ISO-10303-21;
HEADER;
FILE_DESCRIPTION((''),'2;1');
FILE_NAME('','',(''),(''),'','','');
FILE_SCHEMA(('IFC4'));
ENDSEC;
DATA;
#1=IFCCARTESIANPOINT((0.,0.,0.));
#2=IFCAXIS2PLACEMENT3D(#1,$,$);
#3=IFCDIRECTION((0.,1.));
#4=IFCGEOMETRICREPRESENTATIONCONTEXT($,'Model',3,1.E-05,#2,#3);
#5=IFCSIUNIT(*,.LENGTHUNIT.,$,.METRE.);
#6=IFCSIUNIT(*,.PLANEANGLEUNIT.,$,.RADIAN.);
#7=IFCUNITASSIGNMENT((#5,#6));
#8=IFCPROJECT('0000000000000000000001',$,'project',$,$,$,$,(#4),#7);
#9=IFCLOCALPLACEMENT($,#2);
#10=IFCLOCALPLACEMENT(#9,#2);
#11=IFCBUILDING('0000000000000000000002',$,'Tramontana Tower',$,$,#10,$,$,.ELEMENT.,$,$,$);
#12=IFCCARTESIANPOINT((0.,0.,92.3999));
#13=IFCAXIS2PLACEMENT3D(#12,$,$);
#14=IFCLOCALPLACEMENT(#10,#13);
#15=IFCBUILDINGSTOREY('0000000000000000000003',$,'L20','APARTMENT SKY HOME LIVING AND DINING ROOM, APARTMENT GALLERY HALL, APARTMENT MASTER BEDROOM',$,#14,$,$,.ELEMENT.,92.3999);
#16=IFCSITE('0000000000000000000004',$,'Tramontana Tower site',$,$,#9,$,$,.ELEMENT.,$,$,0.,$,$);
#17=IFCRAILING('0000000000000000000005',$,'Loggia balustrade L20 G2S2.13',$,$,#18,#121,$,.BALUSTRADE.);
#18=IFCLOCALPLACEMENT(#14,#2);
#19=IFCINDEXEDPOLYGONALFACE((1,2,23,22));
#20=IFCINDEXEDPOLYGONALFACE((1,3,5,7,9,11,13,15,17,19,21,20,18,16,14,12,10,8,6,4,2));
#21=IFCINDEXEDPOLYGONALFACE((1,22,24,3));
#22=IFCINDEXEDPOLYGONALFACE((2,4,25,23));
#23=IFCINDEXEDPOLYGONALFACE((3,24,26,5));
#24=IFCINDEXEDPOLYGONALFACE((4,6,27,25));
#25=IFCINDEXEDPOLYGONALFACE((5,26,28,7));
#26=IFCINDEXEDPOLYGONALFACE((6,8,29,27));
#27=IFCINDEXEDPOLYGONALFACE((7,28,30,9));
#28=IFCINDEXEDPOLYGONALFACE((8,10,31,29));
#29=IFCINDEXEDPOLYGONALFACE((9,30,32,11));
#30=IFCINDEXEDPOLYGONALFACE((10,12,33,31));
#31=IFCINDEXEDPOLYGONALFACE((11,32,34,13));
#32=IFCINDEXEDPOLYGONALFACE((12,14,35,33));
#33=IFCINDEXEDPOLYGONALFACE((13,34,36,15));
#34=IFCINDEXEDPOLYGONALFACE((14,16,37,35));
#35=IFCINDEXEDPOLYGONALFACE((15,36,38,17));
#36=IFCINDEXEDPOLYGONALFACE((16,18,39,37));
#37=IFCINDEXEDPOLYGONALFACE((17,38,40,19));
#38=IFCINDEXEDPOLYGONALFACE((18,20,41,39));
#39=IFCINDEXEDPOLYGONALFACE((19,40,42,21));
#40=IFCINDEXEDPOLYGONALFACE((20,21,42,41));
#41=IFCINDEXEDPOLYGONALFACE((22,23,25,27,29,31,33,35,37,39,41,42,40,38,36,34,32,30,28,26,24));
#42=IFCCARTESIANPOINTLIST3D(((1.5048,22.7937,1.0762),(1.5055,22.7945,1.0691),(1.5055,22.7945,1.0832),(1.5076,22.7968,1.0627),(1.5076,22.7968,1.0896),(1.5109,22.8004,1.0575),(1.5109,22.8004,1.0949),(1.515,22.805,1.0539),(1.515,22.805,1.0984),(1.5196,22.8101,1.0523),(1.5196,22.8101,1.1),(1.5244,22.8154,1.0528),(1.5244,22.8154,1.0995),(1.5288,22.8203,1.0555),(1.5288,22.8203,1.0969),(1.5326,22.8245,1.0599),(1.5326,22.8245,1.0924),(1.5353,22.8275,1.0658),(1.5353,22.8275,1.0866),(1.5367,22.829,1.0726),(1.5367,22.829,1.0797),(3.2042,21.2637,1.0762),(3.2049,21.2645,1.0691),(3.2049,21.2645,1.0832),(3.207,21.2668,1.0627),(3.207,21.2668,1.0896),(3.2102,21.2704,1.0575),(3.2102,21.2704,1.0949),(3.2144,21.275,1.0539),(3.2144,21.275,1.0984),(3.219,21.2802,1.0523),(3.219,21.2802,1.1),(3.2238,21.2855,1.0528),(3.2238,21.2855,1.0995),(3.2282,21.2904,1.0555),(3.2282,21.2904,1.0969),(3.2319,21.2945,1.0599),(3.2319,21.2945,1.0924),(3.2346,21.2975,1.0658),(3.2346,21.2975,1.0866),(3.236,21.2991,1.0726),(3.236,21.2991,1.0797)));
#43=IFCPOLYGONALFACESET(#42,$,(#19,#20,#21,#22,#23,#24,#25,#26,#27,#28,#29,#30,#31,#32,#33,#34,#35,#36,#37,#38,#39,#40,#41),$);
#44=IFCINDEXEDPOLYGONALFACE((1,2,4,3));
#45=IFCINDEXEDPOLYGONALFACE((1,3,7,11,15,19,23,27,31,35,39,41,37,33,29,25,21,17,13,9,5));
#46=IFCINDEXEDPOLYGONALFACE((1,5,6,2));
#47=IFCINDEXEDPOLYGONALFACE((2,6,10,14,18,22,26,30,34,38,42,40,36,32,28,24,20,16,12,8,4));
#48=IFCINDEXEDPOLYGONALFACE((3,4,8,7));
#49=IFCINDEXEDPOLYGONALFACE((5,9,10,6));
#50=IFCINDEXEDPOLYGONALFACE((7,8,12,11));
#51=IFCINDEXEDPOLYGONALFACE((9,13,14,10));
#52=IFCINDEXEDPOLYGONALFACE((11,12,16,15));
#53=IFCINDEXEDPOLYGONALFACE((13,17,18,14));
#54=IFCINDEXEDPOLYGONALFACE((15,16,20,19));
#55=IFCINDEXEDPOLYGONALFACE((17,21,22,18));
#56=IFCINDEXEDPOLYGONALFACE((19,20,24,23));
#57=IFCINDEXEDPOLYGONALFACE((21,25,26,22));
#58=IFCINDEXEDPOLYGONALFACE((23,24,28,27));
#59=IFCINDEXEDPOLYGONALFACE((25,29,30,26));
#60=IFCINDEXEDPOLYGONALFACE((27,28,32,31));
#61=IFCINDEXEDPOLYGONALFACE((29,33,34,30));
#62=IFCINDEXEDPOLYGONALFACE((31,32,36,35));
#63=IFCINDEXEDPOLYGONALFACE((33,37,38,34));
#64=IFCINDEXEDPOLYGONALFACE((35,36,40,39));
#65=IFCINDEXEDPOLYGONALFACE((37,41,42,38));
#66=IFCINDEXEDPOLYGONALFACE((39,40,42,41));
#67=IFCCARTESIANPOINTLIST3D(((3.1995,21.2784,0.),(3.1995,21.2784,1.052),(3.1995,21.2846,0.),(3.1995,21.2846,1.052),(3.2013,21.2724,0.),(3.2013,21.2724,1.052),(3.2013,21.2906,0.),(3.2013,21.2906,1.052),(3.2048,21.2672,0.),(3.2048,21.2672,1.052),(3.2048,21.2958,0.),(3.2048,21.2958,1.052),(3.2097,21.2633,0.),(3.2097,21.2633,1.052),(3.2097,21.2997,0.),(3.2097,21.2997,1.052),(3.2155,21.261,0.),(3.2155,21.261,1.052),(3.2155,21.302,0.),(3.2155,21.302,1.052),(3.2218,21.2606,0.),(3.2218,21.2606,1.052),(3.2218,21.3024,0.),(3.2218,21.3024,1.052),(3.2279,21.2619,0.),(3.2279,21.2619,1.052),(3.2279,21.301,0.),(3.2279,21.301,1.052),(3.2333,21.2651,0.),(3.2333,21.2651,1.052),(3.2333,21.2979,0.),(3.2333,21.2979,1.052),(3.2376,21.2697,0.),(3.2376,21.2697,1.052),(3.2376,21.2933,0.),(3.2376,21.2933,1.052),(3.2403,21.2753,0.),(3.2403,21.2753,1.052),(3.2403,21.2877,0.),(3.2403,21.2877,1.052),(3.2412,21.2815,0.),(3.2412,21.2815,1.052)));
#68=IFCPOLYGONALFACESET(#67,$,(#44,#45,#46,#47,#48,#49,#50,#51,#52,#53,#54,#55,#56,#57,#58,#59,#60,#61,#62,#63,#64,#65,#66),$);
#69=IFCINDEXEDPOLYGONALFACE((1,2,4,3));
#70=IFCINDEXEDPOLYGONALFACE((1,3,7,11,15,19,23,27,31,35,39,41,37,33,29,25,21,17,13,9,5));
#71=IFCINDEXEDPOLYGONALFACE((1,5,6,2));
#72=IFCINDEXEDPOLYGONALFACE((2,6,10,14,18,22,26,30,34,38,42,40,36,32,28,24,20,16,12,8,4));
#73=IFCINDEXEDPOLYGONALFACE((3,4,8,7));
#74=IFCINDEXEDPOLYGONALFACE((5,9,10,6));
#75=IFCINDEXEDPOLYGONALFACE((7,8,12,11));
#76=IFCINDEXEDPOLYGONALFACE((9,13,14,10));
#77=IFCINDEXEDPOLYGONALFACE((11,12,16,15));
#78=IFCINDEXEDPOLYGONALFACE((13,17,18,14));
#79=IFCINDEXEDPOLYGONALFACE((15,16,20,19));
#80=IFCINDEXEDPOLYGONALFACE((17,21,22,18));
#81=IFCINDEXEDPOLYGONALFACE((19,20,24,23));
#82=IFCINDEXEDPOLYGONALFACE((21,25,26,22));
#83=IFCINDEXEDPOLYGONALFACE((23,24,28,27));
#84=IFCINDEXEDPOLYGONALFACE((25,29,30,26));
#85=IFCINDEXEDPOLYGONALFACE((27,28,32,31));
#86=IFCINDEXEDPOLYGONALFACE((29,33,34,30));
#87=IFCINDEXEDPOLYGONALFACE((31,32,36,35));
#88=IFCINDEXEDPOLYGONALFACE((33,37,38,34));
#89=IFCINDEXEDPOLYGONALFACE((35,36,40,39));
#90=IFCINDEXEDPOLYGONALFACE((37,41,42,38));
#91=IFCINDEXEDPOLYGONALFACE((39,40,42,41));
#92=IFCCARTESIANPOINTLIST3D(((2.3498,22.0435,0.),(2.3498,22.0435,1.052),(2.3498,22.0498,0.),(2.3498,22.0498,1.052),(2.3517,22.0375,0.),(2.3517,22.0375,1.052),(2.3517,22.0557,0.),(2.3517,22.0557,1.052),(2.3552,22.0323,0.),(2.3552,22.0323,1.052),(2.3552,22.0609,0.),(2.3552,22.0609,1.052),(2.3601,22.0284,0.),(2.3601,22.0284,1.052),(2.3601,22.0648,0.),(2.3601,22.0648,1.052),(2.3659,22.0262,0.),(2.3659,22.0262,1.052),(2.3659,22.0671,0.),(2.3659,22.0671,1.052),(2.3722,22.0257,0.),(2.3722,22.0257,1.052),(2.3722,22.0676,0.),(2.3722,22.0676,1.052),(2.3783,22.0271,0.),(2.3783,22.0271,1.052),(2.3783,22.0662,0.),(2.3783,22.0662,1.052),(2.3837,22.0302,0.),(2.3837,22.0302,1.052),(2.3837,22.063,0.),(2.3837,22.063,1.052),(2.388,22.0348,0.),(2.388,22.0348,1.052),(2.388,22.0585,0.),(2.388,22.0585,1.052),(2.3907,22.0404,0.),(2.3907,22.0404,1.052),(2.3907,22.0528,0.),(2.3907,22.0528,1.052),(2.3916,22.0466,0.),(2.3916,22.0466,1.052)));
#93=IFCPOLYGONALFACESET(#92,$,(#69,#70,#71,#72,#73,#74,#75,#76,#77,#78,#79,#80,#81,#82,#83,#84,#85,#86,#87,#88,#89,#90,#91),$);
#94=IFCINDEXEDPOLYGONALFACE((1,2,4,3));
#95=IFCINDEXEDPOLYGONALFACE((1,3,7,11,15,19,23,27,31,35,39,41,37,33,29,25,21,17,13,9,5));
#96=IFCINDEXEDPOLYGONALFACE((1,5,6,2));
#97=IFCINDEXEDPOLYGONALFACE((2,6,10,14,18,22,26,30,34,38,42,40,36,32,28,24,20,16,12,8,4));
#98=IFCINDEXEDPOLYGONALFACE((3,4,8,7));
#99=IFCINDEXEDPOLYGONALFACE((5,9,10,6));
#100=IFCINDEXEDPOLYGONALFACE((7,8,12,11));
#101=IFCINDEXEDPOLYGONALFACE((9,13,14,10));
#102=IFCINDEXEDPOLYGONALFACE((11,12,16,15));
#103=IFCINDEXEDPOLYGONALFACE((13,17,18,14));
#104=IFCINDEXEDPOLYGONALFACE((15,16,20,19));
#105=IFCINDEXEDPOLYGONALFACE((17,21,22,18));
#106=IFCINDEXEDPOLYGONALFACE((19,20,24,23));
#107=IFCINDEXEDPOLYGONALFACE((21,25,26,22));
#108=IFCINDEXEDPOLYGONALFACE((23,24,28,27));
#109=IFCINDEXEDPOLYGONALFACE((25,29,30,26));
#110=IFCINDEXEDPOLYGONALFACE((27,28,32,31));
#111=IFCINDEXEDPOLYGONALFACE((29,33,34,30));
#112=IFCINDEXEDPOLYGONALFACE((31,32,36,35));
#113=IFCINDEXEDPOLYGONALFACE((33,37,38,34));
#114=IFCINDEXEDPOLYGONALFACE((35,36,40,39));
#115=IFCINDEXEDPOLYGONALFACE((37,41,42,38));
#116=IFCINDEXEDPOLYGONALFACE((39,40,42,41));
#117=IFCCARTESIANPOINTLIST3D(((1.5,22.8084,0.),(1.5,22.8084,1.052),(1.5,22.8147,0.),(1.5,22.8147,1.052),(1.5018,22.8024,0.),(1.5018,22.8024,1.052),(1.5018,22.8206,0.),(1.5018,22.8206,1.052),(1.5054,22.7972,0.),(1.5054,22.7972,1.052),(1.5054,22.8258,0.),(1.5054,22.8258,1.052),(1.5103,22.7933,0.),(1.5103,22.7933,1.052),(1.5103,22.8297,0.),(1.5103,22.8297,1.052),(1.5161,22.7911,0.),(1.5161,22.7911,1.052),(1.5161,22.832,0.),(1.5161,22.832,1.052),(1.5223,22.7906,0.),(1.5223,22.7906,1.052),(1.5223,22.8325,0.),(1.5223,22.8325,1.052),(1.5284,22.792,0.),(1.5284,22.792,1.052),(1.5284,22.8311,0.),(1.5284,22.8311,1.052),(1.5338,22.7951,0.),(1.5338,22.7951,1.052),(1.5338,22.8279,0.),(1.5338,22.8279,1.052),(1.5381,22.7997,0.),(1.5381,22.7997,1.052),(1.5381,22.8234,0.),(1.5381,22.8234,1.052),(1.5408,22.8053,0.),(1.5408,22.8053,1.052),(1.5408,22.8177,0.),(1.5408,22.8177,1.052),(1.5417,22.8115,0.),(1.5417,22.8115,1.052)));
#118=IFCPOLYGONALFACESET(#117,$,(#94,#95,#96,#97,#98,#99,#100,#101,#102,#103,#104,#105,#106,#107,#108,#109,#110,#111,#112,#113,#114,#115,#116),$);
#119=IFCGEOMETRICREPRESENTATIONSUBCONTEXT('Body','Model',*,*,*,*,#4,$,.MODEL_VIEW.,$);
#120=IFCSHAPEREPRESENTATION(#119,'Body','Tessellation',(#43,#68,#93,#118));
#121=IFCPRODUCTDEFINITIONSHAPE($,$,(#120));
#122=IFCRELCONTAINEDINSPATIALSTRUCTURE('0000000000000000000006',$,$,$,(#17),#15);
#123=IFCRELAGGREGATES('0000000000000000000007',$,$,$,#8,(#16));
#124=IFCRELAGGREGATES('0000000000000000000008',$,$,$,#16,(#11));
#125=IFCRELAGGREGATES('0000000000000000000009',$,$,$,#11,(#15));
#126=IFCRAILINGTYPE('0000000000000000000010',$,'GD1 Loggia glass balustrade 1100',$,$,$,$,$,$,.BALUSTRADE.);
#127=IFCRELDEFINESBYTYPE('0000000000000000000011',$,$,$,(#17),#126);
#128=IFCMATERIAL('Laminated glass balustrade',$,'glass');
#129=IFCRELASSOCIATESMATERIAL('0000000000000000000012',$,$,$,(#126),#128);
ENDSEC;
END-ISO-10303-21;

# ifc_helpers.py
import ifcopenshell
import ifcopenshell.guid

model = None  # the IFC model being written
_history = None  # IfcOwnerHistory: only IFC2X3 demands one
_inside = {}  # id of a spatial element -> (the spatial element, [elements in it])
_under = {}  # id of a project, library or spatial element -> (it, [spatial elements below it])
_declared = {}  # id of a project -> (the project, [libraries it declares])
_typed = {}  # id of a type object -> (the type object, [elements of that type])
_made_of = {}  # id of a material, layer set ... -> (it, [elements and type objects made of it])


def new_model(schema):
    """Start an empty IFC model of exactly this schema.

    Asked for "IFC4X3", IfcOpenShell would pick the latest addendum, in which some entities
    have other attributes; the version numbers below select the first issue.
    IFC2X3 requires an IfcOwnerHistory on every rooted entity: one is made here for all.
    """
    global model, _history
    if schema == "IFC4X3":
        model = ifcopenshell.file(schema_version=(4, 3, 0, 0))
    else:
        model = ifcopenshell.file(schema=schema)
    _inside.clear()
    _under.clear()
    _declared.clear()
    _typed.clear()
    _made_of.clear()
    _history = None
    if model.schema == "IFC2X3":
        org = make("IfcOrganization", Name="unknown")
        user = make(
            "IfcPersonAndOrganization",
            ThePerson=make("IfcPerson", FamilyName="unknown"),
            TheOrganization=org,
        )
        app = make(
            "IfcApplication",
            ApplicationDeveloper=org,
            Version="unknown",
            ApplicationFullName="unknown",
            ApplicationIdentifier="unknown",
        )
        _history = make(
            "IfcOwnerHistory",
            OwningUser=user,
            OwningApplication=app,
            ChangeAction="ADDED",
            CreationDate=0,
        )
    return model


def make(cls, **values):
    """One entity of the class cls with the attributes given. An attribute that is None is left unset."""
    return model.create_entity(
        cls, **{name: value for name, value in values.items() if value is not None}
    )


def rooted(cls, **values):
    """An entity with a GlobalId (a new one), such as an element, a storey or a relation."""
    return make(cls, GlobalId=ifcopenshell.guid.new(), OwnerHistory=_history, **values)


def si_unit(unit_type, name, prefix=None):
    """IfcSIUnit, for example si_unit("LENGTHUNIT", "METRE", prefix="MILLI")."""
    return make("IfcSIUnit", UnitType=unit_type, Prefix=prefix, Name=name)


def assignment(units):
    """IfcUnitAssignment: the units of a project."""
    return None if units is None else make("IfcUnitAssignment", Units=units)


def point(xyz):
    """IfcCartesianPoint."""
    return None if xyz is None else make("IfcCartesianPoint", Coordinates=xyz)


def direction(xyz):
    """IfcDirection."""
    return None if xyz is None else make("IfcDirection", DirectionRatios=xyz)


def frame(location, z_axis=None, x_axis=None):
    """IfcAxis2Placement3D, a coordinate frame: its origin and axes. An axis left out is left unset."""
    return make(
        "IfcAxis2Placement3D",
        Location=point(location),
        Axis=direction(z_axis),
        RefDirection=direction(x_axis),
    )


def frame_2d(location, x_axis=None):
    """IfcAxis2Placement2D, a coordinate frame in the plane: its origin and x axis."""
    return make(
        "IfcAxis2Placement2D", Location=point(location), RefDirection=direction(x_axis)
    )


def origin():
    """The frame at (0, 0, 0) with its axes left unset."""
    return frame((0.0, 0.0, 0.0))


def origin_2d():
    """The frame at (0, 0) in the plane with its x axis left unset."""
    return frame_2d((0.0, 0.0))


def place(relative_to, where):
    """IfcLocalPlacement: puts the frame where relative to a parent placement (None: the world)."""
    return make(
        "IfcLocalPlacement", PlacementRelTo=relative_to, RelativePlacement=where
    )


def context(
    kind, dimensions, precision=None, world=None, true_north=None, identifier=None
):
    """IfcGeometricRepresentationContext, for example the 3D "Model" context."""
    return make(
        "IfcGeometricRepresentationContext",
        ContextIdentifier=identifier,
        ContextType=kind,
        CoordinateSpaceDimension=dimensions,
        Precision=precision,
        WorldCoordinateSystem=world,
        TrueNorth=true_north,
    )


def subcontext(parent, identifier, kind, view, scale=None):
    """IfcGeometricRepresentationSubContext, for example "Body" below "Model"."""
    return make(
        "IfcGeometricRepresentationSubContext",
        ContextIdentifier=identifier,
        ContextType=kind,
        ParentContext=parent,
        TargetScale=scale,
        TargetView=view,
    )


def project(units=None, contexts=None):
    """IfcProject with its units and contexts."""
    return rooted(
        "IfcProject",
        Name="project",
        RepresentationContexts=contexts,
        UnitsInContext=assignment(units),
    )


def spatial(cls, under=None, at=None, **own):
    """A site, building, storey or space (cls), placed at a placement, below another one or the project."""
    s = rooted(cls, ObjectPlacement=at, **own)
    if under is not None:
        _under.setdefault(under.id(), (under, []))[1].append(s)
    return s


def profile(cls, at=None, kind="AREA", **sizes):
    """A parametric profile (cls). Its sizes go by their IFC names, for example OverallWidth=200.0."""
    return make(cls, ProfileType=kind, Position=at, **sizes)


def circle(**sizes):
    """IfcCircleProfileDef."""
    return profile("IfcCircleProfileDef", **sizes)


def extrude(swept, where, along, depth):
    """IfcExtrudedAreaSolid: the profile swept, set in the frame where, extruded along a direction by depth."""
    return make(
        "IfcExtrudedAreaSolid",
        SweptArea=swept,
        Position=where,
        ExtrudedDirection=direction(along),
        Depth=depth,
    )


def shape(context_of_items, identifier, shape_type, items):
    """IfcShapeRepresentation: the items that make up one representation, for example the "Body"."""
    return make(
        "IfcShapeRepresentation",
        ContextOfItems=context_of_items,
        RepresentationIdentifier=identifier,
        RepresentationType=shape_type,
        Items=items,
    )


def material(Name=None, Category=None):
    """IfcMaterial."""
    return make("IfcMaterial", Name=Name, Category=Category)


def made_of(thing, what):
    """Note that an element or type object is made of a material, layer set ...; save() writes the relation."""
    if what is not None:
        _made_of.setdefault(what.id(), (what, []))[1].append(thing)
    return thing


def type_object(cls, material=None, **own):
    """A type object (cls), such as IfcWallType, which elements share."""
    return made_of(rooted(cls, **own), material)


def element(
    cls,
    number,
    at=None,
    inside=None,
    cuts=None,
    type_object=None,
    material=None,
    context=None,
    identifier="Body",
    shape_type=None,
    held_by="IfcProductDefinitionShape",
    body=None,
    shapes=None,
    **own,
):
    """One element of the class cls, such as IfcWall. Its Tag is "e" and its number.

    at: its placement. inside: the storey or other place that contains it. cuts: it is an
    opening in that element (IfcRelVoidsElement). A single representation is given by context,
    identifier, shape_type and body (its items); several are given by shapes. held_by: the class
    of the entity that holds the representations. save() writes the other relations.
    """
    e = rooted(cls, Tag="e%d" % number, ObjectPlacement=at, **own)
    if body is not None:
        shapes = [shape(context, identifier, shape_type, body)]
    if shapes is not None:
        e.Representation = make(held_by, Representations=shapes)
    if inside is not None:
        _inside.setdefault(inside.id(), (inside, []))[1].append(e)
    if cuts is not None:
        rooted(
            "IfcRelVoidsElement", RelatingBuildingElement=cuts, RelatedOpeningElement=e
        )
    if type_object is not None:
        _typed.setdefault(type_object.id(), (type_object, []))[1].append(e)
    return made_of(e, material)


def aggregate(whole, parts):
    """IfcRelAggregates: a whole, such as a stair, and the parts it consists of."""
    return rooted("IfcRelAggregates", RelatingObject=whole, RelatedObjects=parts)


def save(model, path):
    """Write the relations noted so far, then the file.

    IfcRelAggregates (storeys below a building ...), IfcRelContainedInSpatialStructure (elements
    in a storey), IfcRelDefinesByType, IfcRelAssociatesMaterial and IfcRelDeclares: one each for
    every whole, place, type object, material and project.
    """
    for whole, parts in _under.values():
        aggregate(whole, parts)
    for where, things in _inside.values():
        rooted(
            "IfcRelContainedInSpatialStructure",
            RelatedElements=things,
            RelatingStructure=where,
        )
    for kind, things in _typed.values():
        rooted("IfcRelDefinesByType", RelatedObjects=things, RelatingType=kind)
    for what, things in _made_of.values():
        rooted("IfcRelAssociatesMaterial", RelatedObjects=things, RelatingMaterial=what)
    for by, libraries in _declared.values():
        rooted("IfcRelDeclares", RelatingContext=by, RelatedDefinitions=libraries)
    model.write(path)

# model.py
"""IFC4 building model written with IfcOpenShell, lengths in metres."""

from ifc_helpers import new_model, si_unit, direction, frame, origin, origin_2d, place, context, subcontext, project, spatial, circle, extrude, material, type_object, element, save


model = new_model("IFC4")

# Units and contexts
model_context = context("Model", 3, precision=1e-05, world=origin(), true_north=direction((0.0, 1.0)))
body_context = subcontext(model_context, "Body", "Model", "MODEL_VIEW")
ifc_project = project(units=[si_unit("LENGTHUNIT", "METRE"), si_unit("PLANEANGLEUNIT", "RADIAN")], contexts=[model_context])

# Site, building, storey
site_placement = place(None, origin())
site = spatial("IfcSite", under=ifc_project, at=site_placement, Name="Tramontana Tower site", CompositionType="ELEMENT", RefElevation=0.0)
building_placement = place(site_placement, origin())
building = spatial("IfcBuilding", under=site, at=building_placement, Name="Tramontana Tower", CompositionType="ELEMENT")
storey_placement = place(building_placement, frame((0.0, 0.0, 92.3999)))
storey = spatial("IfcBuildingStorey", under=building, at=storey_placement, Name="L20", Description="APARTMENT SKY HOME LIVING AND DINING ROOM, APARTMENT GALLERY HALL, APARTMENT MASTER BEDROOM", CompositionType="ELEMENT", Elevation=92.3999)

# Railing
ifc_material_1 = material(Name="Laminated glass balustrade", Category="glass")
railing_type_1 = type_object("IfcRailingType", Name="GD1 Loggia glass balustrade 1100", PredefinedType="BALUSTRADE", material=ifc_material_1)
railing_1_placement = place(storey_placement, frame((3.2202, 21.2815, 0.0)))
element("IfcRailing", 1, at=railing_1_placement, inside=storey, type_object=railing_type_1, Name="Loggia balustrade L20 G2S2.13", PredefinedType="BALUSTRADE", context=body_context, shape_type="SweptSolid", body=[
    extrude(circle(Radius=0.0239, at=origin_2d()), frame((0.0, 0.0, 1.0762), z_axis=(-0.743183, 0.669089, 0.0), x_axis=(-0.669089, -0.743183, 0.0)), (0.0, 0.0, 1.0), 2.2866),
    extrude(circle(Radius=0.021, at=origin_2d()), origin(), (0.0, 0.0, 1.0), 1.052),
    extrude(circle(Radius=0.021, at=origin_2d()), frame((-0.8496, 0.7651, 0.0)), (0.0, 0.0, 1.0), 1.052),
    extrude(circle(Radius=0.021, at=origin_2d()), frame((-1.6995, 1.53, 0.0)), (0.0, 0.0, 1.0), 1.052),
])

save(model, "model.ifc")
